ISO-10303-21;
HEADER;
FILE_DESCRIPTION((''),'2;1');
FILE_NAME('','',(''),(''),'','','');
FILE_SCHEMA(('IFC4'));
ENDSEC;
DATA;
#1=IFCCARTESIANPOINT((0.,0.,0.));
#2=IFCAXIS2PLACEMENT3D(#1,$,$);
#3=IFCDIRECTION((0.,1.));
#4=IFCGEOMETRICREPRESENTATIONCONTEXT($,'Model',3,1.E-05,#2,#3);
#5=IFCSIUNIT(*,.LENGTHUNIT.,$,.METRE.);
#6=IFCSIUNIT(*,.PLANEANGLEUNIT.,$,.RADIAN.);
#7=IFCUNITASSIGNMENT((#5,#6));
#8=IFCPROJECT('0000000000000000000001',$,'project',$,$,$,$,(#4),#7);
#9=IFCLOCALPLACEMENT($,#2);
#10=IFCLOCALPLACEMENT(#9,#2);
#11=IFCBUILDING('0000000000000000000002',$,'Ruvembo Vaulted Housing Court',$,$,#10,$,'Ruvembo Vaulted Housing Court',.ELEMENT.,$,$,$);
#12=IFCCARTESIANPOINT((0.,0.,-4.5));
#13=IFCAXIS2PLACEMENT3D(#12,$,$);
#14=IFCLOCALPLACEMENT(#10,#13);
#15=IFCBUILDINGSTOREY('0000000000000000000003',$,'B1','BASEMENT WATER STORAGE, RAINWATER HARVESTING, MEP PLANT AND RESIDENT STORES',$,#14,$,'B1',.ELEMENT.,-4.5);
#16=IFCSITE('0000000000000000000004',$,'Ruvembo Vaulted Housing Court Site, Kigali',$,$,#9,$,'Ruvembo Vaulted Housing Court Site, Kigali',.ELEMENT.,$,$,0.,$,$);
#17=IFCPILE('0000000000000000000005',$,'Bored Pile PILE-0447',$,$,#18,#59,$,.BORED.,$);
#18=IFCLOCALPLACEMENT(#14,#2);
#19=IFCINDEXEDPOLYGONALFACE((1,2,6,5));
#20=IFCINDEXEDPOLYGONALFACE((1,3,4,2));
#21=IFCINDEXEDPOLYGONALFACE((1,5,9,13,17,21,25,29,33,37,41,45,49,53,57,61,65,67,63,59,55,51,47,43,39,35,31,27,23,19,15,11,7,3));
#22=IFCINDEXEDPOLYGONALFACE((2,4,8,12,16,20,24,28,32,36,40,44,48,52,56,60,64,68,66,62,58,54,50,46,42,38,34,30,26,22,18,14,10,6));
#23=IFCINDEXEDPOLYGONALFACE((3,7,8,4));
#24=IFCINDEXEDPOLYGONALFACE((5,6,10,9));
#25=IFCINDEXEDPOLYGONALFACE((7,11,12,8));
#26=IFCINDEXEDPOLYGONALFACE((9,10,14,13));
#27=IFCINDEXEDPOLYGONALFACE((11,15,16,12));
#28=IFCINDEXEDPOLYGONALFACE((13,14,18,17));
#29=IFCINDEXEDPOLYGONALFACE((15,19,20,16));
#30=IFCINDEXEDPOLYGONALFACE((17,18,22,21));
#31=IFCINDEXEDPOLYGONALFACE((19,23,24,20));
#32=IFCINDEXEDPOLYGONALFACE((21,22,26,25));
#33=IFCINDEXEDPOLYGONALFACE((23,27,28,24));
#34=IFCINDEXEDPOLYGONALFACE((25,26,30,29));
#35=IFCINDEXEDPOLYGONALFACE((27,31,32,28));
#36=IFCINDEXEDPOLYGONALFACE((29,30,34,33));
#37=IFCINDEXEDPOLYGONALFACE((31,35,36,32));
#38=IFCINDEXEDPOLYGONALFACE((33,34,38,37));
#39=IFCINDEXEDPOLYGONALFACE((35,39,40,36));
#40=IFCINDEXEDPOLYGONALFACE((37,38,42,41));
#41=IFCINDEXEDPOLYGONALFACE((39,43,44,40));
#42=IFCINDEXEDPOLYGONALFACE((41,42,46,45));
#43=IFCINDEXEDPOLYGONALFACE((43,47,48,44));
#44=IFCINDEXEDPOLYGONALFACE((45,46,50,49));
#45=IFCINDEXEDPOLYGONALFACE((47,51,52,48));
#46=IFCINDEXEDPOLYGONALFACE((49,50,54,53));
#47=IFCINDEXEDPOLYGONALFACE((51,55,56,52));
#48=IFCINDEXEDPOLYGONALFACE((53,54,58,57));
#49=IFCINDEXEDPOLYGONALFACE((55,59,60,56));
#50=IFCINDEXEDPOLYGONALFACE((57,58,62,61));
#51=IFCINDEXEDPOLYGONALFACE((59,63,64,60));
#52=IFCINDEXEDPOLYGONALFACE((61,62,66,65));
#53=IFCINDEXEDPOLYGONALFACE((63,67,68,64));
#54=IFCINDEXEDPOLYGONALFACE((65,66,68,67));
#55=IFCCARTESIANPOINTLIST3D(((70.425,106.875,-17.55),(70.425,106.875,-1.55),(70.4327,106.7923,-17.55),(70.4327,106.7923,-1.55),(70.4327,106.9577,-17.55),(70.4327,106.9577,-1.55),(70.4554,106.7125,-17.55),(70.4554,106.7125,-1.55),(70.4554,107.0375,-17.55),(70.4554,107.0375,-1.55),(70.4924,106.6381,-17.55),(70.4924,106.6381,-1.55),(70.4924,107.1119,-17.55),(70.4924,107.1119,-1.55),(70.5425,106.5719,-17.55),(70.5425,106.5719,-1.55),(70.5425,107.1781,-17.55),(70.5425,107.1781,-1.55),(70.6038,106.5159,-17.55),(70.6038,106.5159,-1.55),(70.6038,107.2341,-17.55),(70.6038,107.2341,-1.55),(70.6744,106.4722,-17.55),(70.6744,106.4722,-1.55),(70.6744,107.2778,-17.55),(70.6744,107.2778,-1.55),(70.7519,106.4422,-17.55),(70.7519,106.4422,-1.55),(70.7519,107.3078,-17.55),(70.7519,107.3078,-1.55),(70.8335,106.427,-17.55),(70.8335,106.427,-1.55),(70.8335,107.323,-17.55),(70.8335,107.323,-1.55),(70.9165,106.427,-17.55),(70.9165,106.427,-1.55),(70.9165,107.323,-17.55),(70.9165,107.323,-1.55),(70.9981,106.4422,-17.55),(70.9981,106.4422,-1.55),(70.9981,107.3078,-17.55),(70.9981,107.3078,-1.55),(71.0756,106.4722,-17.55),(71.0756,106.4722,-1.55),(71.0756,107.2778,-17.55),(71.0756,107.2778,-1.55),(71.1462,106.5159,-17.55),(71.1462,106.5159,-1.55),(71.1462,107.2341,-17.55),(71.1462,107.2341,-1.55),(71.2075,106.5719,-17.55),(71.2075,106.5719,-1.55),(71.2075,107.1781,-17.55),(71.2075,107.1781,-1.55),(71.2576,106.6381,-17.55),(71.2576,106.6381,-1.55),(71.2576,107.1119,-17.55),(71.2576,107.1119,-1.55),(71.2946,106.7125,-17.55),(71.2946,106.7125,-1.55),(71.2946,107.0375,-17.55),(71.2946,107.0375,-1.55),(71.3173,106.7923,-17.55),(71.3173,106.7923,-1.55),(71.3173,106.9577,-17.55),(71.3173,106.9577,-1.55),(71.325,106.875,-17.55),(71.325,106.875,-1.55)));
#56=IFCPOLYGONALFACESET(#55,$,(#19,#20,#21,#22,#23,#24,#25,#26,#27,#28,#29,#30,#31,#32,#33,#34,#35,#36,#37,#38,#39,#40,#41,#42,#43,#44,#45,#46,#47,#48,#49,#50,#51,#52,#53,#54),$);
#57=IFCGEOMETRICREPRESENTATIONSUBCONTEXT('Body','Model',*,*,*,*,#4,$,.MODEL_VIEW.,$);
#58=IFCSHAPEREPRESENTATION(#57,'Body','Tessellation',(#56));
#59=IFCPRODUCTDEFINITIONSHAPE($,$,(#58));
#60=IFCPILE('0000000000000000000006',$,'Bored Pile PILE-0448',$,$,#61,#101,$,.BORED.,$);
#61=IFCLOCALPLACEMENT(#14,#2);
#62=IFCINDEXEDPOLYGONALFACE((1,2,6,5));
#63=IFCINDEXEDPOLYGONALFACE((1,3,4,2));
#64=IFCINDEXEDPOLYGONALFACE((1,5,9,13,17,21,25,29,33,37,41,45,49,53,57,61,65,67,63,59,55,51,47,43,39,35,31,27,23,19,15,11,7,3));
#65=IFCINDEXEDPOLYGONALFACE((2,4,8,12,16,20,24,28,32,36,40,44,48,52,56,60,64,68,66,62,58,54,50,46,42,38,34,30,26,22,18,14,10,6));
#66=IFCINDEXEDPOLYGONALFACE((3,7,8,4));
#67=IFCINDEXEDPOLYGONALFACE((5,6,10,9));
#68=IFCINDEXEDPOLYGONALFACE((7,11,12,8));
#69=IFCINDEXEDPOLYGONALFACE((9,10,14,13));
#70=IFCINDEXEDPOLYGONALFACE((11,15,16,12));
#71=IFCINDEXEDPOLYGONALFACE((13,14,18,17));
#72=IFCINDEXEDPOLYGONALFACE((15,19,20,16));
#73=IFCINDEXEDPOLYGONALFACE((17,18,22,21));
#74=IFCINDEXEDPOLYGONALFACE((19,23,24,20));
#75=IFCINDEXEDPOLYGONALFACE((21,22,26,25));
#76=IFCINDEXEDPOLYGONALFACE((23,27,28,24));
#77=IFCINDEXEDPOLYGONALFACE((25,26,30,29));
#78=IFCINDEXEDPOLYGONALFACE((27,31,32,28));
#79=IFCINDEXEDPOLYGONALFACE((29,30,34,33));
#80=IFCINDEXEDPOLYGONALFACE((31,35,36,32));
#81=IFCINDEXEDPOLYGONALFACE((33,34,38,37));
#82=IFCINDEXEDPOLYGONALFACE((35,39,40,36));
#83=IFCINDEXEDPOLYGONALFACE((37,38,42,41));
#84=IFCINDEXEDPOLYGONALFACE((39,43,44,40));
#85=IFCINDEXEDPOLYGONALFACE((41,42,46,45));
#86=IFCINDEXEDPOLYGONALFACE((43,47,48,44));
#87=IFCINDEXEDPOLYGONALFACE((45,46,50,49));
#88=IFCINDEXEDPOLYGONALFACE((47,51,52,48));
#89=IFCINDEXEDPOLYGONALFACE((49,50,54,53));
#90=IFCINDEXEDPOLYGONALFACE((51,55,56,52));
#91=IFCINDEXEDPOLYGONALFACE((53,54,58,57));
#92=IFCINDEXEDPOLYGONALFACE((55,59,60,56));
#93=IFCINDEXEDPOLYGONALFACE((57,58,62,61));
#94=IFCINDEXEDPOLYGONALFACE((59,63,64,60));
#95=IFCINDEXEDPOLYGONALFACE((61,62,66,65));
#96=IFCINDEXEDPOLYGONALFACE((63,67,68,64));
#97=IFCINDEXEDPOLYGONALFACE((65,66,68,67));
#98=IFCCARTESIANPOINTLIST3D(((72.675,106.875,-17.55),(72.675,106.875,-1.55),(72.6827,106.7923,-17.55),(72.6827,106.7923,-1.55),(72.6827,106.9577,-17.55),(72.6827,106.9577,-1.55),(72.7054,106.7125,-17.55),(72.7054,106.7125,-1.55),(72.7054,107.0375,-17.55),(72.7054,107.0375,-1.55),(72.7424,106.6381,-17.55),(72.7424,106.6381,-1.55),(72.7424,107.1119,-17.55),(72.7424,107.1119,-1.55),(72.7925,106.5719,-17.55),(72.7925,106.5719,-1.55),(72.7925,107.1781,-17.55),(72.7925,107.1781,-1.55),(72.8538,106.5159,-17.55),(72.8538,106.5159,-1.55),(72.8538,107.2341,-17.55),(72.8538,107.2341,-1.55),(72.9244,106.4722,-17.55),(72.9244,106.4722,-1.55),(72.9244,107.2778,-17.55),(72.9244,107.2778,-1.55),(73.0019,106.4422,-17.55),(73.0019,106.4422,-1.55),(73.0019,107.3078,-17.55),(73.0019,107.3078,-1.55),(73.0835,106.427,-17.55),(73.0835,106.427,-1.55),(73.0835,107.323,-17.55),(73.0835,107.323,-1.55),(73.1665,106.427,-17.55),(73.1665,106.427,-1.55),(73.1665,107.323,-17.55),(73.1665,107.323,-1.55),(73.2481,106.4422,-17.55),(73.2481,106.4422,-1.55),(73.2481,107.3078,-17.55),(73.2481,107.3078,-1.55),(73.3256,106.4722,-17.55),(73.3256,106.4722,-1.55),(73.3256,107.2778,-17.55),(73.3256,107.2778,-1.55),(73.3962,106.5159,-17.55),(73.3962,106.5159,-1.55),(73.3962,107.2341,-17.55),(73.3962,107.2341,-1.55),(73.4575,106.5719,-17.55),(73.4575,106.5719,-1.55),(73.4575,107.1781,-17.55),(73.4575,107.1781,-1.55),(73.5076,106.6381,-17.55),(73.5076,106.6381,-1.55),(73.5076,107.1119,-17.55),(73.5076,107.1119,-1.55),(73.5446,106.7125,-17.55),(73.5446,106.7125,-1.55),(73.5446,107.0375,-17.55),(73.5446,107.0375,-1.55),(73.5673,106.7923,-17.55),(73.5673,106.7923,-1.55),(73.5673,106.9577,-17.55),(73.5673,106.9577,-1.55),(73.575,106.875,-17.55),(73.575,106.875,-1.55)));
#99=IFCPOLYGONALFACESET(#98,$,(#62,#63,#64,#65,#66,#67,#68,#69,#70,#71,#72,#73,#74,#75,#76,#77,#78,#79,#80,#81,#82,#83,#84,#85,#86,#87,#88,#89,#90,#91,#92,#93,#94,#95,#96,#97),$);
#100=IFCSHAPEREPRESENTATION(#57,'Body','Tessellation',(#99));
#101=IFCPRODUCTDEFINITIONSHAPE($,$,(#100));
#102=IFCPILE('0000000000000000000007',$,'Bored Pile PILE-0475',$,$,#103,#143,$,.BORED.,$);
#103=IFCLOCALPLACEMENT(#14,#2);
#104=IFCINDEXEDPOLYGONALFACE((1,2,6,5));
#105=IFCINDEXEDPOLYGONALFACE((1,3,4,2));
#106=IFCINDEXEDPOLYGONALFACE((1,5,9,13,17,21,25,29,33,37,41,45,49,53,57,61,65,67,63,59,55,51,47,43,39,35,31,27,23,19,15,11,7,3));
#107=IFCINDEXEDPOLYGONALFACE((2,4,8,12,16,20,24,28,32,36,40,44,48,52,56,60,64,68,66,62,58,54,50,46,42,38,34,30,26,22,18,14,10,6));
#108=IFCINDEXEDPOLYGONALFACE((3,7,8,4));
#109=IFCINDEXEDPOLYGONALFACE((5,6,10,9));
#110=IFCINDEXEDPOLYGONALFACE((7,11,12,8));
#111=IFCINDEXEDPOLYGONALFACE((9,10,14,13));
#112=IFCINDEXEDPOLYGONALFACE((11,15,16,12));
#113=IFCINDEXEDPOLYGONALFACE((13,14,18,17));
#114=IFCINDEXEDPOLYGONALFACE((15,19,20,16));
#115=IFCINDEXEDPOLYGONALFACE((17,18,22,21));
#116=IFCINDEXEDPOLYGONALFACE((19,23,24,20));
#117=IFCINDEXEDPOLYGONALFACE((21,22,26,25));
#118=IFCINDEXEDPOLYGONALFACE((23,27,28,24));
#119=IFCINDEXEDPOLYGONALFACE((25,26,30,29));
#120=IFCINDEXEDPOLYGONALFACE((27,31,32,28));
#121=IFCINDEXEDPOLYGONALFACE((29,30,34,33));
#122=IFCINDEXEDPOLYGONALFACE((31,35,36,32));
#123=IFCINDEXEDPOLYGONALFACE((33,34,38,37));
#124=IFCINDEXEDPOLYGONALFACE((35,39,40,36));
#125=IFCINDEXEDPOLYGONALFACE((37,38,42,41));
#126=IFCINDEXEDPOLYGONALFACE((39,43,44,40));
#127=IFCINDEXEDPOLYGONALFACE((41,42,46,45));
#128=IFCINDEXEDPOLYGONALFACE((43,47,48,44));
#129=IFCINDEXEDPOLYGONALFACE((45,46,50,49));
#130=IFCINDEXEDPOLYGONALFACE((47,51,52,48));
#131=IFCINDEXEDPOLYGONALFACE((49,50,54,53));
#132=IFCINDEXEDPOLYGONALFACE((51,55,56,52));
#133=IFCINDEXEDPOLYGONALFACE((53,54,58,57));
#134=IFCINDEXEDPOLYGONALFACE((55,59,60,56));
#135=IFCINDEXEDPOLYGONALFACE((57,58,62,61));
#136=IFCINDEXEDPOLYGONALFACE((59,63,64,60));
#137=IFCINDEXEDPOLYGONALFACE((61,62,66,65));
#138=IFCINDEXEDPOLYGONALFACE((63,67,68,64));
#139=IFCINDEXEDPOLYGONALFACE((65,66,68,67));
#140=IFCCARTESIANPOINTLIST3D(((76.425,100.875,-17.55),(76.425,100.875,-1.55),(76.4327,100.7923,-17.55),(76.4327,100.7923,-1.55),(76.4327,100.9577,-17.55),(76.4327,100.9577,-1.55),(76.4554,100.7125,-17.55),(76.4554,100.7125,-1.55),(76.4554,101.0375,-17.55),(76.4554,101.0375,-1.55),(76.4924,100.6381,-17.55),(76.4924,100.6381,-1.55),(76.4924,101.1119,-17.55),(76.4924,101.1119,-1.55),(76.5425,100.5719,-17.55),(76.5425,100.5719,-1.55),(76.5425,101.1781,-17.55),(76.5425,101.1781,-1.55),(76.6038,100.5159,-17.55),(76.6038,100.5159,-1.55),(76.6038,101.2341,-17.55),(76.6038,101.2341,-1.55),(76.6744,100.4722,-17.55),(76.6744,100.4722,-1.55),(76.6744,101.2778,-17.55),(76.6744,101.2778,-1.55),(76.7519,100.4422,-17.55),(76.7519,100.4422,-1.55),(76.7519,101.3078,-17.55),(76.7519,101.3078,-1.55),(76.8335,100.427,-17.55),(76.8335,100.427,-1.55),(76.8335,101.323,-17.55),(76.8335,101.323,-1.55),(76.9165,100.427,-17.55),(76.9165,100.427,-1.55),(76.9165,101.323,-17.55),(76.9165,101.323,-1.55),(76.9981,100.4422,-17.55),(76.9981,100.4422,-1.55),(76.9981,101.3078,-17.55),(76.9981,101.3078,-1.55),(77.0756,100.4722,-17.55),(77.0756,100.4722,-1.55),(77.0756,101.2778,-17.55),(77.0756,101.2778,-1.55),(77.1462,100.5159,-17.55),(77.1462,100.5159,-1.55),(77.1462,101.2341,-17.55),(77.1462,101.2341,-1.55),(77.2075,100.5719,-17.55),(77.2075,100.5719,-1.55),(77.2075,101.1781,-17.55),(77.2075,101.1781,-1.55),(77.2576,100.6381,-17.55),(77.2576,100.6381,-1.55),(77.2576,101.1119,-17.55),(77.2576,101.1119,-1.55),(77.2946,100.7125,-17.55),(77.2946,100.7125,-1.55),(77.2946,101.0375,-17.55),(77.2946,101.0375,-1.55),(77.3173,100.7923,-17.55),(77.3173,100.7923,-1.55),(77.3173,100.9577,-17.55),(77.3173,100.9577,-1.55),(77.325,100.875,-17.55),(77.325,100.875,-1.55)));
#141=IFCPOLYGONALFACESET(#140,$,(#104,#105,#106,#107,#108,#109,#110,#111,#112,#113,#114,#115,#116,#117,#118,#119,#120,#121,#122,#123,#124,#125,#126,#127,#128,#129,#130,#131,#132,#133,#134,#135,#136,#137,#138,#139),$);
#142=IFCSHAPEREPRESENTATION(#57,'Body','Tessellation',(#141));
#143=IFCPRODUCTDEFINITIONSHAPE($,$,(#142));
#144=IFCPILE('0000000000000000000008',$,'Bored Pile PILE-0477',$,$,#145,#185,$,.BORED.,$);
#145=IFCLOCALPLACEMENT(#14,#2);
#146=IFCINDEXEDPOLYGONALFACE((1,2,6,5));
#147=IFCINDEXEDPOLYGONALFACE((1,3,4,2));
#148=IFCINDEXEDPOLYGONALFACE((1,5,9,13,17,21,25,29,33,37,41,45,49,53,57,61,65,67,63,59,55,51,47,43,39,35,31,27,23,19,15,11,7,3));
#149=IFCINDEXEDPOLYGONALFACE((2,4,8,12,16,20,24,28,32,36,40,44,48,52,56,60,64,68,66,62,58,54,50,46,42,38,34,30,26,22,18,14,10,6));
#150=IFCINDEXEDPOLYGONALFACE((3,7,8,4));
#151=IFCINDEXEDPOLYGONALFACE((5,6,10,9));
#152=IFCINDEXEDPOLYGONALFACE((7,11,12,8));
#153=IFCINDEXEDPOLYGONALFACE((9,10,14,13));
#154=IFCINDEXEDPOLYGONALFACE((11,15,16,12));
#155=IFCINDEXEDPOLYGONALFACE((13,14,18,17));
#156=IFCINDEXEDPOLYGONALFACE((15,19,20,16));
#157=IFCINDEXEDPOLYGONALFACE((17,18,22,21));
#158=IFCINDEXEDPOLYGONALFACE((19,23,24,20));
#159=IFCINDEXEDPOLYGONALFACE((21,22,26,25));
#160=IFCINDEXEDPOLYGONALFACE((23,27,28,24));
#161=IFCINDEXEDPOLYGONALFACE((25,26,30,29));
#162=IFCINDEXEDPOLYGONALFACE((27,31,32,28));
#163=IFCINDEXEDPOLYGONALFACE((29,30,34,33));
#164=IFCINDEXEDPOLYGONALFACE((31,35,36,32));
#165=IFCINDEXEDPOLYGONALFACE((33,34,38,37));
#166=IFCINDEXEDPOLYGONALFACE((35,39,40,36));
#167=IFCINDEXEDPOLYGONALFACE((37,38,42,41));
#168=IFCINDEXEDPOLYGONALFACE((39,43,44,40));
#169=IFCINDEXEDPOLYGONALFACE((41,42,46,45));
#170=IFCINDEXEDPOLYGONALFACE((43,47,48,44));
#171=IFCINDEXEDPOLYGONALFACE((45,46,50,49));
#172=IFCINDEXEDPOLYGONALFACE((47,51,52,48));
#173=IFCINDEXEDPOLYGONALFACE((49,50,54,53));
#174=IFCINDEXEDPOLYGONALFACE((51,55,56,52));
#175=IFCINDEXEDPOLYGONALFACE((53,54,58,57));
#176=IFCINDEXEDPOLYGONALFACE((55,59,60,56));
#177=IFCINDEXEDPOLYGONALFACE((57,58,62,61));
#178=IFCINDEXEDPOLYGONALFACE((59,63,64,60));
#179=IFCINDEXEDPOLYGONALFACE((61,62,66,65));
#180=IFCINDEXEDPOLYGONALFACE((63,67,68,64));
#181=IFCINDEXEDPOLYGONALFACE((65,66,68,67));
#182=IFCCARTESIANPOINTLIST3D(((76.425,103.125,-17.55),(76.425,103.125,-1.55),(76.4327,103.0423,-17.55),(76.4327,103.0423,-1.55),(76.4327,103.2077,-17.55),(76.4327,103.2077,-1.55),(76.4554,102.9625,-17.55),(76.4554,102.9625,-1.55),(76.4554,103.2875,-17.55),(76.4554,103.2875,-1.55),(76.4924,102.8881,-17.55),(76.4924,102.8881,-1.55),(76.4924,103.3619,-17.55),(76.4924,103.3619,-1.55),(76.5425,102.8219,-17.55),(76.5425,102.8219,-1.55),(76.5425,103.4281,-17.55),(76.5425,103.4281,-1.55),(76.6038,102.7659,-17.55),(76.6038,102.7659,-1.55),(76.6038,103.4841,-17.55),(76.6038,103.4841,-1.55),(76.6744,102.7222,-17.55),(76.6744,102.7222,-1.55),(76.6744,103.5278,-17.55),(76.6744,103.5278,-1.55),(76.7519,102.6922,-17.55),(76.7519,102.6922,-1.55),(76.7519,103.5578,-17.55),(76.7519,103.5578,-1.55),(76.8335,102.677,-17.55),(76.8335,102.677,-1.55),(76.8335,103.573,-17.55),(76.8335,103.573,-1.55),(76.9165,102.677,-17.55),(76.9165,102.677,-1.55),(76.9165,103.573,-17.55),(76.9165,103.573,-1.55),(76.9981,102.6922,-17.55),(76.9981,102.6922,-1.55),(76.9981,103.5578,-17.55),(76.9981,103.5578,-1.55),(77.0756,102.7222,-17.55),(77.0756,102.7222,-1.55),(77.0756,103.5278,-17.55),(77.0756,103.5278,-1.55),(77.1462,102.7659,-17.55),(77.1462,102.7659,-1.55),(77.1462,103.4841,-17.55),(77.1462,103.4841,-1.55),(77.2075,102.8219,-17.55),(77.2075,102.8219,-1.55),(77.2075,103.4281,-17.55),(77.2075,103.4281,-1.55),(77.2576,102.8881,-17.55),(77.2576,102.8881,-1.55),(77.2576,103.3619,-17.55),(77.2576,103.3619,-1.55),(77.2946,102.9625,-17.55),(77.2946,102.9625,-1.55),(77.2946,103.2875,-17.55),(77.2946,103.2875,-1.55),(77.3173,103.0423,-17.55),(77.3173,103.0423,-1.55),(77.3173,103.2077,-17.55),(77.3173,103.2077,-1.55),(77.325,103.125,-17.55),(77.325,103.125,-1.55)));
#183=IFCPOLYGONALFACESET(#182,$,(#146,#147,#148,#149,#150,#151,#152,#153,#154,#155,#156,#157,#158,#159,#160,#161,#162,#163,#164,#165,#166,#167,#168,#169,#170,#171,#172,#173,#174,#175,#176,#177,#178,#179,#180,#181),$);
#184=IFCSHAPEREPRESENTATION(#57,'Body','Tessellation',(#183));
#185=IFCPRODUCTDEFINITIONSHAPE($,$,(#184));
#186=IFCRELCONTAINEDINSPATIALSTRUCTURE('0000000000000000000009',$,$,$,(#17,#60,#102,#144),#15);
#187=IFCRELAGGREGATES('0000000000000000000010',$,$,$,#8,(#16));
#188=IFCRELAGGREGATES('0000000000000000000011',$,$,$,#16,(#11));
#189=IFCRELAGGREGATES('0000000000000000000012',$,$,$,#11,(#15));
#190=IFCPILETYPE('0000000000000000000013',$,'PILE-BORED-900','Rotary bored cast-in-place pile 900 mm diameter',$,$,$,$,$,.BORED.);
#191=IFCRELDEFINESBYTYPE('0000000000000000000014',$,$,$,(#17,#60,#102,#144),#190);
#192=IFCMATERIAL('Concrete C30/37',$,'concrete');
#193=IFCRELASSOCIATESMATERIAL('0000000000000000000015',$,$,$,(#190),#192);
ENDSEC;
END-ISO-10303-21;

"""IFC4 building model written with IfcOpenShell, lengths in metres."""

from ifc_helpers import new_model, si_unit, direction, frame, origin, origin_2d, place, context, subcontext, project, spatial, circle, extrude, material, material_profile, profile_set, type_object, element, save


model = new_model("IFC4")

# Units and contexts
model_context = context("Model", 3, precision=1e-05, world=origin(), true_north=direction((0.0, 1.0)))
body_context = subcontext(model_context, "Body", "Model", "MODEL_VIEW")
ifc_project = project(units=[si_unit("LENGTHUNIT", "METRE"), si_unit("PLANEANGLEUNIT", "RADIAN")], contexts=[model_context])

# Site, building, storey
site_placement = place(None, origin())
site = spatial("IfcSite", under=ifc_project, at=site_placement, Name="Ruvembo Vaulted Housing Court Site, Kigali", LongName="Ruvembo Vaulted Housing Court Site, Kigali", CompositionType="ELEMENT", RefElevation=0.0)
building_placement = place(site_placement, origin())
building = spatial("IfcBuilding", under=site, at=building_placement, Name="Ruvembo Vaulted Housing Court", LongName="Ruvembo Vaulted Housing Court", CompositionType="ELEMENT")
storey_placement = place(building_placement, frame((0.0, 0.0, -4.5)))
storey = spatial("IfcBuildingStorey", under=building, at=storey_placement, Name="B1", Description="BASEMENT WATER STORAGE, RAINWATER HARVESTING, MEP PLANT AND RESIDENT STORES", LongName="B1", CompositionType="ELEMENT", Elevation=-4.5)

# Piles
ifc_material_1 = material(Name="Concrete C30/37", Category="concrete")
ifc_material_profile_1 = material_profile(ifc_material_1, circle(Radius=0.45, at=origin_2d()), Name="PILE D900")
ifc_profile_set_1 = profile_set([ifc_material_profile_1], Name="Concrete C30/37")
pile_type = type_object("IfcPileType", Name="PILE-BORED-900", Description="Rotary bored cast-in-place pile 900 mm diameter", PredefinedType="BORED", material=ifc_profile_set_1)
for number, where, z_axis, x_axis, name in (
    (1, (70.875, 106.875, -1.55), (0.0, 0.0, -1.0), (1.0, 0.0, 0.0), "Bored Pile PILE-0447"),
    (2, (73.125, 106.875, -1.55), (0.0, 0.0, -1.0), (1.0, 0.0, 0.0), "Bored Pile PILE-0448"),
    (3, (76.875, 100.875, -1.55), (0.0, 0.0, -1.0), (1.0, 0.0, 0.0), "Bored Pile PILE-0475"),
    (4, (76.875, 103.125, -1.55), (0.0, 0.0, -1.0), (1.0, 0.0, 0.0), "Bored Pile PILE-0477"),
):
    element("IfcPile", number, at=place(storey_placement, frame(where, z_axis=z_axis, x_axis=x_axis)), inside=storey, type_object=pile_type, Name=name, PredefinedType="BORED", context=body_context, shape_type="SweptSolid", body=[
        extrude(circle(Radius=0.45, at=origin_2d()), origin(), (0.0, 0.0, 1.0), 16.0),
    ])

save(model, "model.ifc")
